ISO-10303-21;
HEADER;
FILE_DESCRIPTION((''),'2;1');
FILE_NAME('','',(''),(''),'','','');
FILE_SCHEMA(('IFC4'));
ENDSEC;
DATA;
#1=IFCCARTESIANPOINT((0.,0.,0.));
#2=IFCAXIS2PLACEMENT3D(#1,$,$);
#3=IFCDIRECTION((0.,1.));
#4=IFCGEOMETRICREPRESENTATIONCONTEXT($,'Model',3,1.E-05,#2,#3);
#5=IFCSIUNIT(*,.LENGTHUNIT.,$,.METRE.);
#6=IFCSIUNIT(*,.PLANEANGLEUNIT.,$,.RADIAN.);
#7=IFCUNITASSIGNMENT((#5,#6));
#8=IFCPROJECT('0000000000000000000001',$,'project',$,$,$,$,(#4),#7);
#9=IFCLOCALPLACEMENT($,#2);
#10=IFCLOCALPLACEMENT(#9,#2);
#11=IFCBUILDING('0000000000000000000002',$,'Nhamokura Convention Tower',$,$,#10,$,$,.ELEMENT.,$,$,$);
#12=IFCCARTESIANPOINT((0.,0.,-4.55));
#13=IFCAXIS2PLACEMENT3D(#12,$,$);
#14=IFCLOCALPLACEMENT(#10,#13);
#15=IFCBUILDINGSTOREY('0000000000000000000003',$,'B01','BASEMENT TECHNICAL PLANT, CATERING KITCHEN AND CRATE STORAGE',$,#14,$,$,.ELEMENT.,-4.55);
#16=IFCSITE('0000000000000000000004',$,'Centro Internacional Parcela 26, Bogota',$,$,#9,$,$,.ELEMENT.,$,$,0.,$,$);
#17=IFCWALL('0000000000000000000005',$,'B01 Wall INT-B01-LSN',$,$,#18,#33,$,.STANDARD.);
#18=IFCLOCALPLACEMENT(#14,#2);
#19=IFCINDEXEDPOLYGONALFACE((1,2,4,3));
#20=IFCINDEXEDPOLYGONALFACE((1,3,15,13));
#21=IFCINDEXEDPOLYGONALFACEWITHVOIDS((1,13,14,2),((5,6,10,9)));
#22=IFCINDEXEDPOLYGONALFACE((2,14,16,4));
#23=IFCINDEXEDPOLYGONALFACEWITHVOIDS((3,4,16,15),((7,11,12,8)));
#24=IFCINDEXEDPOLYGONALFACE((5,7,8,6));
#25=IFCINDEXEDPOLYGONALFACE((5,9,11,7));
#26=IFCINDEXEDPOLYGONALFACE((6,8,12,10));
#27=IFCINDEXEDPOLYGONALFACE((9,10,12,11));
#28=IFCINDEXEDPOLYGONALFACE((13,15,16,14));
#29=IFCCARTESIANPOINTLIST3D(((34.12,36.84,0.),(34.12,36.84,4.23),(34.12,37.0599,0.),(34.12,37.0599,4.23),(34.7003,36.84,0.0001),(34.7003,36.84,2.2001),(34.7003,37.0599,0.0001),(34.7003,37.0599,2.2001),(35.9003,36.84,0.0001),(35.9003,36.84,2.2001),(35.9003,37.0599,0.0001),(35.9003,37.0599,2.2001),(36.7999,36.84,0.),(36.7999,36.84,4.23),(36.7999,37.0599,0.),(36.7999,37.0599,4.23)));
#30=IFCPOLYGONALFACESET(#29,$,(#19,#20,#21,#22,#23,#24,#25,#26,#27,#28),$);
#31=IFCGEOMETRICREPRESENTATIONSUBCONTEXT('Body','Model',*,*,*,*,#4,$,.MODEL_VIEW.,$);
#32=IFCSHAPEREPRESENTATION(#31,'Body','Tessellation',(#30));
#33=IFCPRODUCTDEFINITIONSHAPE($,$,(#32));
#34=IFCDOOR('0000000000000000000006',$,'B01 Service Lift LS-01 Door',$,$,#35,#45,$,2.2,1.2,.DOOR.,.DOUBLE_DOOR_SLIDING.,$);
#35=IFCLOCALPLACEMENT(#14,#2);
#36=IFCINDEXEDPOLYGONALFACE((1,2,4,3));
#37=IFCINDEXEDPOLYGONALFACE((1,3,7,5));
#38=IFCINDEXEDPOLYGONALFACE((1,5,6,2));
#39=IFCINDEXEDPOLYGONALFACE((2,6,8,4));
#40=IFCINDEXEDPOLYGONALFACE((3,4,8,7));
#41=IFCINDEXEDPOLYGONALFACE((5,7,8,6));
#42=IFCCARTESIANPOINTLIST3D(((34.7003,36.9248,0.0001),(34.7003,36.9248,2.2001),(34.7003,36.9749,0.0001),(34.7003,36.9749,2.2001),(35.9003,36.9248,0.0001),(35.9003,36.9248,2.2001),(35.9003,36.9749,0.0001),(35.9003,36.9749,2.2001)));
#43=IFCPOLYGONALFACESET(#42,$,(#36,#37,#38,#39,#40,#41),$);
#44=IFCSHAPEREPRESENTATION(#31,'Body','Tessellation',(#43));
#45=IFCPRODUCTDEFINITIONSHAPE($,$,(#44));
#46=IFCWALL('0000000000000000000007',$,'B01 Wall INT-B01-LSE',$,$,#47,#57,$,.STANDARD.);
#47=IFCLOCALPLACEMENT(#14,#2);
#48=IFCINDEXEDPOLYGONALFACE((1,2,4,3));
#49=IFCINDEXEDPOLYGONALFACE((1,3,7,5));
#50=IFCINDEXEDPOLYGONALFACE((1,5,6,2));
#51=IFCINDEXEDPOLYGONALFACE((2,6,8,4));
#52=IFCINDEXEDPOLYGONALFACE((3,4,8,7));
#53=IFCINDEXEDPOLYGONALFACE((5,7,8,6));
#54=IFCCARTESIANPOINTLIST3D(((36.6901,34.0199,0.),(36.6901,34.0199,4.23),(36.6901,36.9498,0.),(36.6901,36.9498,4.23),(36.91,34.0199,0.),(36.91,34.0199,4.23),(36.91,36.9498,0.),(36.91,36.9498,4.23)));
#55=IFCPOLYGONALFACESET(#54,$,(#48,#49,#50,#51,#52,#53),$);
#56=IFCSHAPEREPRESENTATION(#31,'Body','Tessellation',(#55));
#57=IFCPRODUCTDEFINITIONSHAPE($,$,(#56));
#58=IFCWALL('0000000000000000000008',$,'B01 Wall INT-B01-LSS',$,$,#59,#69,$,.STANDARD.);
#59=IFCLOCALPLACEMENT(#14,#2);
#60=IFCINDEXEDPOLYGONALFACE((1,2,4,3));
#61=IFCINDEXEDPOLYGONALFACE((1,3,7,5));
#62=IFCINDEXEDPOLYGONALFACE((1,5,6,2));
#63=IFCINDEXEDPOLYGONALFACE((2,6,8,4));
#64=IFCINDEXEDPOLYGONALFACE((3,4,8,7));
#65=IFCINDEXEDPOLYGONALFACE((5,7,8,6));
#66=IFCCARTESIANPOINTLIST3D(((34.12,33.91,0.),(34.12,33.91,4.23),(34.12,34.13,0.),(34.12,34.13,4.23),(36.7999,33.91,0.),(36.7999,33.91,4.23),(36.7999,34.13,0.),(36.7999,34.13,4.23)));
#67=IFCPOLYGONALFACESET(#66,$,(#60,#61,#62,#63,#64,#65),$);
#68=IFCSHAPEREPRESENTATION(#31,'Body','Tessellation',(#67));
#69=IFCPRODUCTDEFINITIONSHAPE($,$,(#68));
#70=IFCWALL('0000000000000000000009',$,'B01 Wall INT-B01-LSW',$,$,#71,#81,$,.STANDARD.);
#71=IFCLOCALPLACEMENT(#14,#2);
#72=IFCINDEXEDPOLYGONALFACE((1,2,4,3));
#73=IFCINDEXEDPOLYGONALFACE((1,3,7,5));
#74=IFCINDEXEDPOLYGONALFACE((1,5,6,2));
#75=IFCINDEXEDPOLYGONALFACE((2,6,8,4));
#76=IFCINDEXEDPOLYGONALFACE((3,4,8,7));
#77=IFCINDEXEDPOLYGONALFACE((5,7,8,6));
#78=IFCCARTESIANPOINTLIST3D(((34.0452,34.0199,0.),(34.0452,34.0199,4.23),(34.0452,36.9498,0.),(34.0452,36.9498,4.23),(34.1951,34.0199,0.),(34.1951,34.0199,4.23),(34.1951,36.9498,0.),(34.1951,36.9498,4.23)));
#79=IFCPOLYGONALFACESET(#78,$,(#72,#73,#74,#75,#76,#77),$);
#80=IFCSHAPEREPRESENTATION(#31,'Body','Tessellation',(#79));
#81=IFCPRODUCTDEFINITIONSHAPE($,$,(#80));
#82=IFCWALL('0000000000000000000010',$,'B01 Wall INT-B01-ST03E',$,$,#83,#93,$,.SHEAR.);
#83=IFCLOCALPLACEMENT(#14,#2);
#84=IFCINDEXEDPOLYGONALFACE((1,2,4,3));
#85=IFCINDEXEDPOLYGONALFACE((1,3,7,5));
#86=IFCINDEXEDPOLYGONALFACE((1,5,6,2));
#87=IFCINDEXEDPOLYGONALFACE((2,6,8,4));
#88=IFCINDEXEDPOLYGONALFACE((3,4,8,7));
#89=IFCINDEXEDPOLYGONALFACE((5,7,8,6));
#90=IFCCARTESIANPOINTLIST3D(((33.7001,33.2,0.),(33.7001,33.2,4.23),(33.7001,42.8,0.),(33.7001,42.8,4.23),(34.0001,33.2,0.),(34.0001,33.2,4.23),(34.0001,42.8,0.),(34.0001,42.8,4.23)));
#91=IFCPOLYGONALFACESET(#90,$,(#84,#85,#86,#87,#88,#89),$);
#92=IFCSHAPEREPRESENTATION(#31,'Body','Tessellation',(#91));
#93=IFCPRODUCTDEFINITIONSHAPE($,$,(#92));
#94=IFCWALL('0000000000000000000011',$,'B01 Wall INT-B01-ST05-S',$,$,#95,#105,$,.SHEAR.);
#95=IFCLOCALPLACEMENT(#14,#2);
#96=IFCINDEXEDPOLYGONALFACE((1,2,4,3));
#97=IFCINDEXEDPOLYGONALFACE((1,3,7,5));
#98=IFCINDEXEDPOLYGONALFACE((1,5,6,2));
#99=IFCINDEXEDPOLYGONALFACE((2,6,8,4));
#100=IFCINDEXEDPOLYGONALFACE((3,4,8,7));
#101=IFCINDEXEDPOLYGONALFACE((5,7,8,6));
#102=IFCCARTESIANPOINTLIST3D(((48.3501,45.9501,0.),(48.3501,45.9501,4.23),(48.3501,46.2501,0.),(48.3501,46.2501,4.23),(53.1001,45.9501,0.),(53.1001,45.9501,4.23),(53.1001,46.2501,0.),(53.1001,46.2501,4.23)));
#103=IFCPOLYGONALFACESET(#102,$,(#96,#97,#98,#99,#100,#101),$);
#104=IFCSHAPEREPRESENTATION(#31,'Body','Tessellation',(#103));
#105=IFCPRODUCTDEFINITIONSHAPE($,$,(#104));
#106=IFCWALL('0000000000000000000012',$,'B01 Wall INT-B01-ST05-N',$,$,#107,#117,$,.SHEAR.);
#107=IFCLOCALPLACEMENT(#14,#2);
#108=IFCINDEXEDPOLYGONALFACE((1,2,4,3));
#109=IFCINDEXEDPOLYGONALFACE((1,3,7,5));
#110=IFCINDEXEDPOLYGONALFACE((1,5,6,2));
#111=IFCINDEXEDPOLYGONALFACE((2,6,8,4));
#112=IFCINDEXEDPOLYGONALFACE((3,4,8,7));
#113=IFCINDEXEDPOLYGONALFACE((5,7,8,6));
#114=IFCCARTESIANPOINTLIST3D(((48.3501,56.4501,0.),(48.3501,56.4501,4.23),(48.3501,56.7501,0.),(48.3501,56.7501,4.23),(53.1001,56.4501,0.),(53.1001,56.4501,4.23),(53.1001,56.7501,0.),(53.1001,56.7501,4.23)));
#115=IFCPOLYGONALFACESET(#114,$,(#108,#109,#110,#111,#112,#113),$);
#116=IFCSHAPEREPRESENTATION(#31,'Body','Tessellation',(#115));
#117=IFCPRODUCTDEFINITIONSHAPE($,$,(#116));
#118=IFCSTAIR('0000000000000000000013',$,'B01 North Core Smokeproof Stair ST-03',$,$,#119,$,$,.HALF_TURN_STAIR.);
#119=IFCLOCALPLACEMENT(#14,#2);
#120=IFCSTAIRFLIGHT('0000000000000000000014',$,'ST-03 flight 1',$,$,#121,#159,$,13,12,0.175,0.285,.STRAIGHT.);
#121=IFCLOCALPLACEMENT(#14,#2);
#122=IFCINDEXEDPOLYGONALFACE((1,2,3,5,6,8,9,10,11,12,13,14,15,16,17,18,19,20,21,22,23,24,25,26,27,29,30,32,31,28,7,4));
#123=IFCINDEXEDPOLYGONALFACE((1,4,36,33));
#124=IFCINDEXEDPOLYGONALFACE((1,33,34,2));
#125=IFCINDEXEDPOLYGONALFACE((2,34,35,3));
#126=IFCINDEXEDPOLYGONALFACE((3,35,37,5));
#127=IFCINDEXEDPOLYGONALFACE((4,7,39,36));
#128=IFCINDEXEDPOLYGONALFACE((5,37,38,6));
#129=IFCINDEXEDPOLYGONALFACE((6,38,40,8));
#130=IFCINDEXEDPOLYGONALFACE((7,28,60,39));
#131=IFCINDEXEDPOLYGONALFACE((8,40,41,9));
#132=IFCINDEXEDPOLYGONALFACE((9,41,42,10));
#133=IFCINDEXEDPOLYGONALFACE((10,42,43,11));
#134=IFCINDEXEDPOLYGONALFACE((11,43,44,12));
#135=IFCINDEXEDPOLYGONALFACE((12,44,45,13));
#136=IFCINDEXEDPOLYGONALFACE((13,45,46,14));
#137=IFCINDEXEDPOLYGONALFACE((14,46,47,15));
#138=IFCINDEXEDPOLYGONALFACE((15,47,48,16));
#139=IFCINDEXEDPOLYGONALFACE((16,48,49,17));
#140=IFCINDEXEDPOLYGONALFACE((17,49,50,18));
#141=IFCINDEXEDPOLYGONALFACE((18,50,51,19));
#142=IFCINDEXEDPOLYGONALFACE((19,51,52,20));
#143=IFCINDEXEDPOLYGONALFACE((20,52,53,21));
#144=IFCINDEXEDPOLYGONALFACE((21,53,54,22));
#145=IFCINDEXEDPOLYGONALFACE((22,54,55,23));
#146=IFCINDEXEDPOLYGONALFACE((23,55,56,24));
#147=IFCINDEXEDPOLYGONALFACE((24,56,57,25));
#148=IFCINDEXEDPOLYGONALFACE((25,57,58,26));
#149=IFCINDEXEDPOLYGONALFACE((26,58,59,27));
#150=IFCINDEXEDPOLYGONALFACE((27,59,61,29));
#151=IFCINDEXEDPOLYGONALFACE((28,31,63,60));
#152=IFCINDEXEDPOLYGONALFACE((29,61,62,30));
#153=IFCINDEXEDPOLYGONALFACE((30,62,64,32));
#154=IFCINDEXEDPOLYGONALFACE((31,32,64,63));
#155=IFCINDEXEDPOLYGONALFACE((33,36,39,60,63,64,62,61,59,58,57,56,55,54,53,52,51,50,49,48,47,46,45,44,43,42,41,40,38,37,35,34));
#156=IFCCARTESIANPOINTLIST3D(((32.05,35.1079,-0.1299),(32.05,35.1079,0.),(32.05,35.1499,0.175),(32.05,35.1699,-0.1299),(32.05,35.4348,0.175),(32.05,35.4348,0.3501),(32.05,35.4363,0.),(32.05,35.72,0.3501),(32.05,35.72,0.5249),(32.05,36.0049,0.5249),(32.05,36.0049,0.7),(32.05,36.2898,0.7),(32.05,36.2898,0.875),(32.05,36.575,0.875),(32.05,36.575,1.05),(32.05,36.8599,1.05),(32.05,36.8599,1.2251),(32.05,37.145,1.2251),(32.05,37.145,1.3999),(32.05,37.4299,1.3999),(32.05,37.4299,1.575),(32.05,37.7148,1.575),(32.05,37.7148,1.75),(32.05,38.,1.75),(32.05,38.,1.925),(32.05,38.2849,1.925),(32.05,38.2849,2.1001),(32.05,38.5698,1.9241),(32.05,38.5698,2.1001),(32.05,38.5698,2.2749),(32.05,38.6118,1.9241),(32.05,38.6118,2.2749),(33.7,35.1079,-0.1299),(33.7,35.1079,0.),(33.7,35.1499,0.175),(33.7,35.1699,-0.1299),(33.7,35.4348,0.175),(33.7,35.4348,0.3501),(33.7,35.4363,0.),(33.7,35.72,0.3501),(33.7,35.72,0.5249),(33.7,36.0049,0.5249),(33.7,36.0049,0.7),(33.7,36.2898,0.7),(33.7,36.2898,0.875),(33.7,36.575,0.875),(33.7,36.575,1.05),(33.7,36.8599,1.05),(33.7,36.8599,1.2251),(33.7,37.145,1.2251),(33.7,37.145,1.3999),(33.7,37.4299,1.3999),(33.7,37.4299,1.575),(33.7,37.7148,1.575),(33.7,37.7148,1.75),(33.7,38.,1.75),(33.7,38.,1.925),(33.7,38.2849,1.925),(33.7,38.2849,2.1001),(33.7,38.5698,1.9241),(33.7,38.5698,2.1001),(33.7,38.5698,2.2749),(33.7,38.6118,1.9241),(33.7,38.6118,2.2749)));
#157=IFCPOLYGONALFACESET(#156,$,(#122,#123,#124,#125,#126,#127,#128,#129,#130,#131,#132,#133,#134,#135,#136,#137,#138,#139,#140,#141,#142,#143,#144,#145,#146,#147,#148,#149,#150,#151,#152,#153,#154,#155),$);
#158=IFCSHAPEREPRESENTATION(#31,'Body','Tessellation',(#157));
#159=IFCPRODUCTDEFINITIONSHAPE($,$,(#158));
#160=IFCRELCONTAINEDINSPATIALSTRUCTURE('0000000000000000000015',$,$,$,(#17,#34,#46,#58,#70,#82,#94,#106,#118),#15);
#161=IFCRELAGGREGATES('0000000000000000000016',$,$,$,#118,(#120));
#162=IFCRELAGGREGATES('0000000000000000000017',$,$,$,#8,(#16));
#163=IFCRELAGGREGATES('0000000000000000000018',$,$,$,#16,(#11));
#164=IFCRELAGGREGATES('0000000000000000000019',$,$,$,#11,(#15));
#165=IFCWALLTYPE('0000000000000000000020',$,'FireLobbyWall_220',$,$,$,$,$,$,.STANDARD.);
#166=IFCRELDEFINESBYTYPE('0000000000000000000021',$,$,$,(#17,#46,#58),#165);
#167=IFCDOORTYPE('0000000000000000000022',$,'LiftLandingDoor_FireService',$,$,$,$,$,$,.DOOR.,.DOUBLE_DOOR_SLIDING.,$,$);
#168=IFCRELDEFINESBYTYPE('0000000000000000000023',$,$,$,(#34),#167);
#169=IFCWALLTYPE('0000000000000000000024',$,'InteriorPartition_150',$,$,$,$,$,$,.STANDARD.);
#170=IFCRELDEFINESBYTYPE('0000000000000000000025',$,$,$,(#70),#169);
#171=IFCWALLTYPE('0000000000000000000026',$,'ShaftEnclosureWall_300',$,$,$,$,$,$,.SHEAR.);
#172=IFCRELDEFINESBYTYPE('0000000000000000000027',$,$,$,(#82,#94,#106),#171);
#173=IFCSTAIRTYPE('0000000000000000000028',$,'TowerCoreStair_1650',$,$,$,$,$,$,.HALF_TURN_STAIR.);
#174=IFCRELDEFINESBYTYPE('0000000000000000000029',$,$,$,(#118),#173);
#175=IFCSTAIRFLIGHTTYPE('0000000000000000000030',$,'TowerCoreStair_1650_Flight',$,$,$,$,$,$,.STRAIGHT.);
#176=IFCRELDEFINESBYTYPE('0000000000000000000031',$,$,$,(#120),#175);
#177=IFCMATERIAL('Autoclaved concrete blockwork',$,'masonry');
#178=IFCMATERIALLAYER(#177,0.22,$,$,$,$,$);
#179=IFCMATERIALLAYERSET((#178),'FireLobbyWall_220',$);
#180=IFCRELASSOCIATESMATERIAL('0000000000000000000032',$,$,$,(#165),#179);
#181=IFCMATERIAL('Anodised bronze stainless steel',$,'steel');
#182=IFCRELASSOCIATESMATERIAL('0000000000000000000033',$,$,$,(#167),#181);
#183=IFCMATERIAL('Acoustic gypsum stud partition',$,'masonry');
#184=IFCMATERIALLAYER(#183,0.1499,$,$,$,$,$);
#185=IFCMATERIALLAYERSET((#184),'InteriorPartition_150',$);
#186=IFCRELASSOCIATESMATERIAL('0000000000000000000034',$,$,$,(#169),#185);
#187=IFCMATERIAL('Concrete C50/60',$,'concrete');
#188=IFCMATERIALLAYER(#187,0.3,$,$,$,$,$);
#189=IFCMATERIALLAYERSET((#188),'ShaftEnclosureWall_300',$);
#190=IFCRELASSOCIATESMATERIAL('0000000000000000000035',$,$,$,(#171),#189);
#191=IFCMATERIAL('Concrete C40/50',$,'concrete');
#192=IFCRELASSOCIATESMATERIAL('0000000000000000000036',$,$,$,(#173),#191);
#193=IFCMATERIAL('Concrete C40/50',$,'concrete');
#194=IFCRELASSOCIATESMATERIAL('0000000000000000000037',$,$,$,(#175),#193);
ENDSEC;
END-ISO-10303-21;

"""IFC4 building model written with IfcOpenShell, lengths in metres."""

from ifc_helpers import new_model, si_unit, direction, frame, frame_2d, origin, place, context, subcontext, project, spatial, polyline, rectangle, outline, extrude, material, layer, layer_set, type_object, element, fill, aggregate, save


model = new_model("IFC4")

# Units and contexts
model_context = context("Model", 3, precision=1e-05, world=origin(), true_north=direction((0.0, 1.0)))
body_context = subcontext(model_context, "Body", "Model", "MODEL_VIEW")
ifc_project = project(units=[si_unit("LENGTHUNIT", "METRE"), si_unit("PLANEANGLEUNIT", "RADIAN")], contexts=[model_context])

# Site, building, storey
site_placement = place(None, origin())
site = spatial("IfcSite", under=ifc_project, at=site_placement, Name="Centro Internacional Parcela 26, Bogota", CompositionType="ELEMENT", RefElevation=0.0)
building_placement = place(site_placement, origin())
building = spatial("IfcBuilding", under=site, at=building_placement, Name="Nhamokura Convention Tower", CompositionType="ELEMENT")
storey_placement = place(building_placement, frame((0.0, 0.0, -4.55)))
storey = spatial("IfcBuildingStorey", under=building, at=storey_placement, Name="B01", Description="BASEMENT TECHNICAL PLANT, CATERING KITCHEN AND CRATE STORAGE", CompositionType="ELEMENT", Elevation=-4.55)

# Shared definitions
ifc_material_1 = material(Name="Autoclaved concrete blockwork", Category="masonry")
ifc_layer_1 = layer(ifc_material_1, 0.22)
ifc_layer_set_1 = layer_set([ifc_layer_1], Name="FireLobbyWall_220")
wall_type_1 = type_object("IfcWallType", Name="FireLobbyWall_220", PredefinedType="STANDARD", material=ifc_layer_set_1)
ifc_material_2 = material(Name="Anodised bronze stainless steel", Category="steel")
door_type = type_object("IfcDoorType", Name="LiftLandingDoor_FireService", OperationType="DOUBLE_DOOR_SLIDING", PredefinedType="DOOR", material=ifc_material_2)

# Wall, opening, door
wall_1_placement = place(storey_placement, frame((34.1201, 36.95, 0.0), z_axis=(0.0, 0.0, 1.0), x_axis=(1.0, 0.0, 0.0)))
wall_1 = element("IfcWall", 1, at=wall_1_placement, inside=storey, type_object=wall_type_1, Name="B01 Wall INT-B01-LSN", PredefinedType="STANDARD", context=body_context, shape_type="SweptSolid", body=[
    extrude(rectangle(XDim=2.6799, YDim=0.22, at=frame_2d((1.3398, 0.0))), origin(), (0.0, 0.0, 1.0), 4.23),
])
opening_1_placement = place(wall_1_placement, frame((0.5801, 0.0, 0.0)))
opening_1 = element("IfcOpeningElement", 2, at=opening_1_placement, cuts=wall_1, PredefinedType="OPENING", context=body_context, shape_type="SweptSolid", body=[
    extrude(rectangle(XDim=1.2, YDim=2.2, at=frame_2d((0.6001, 1.1001))), frame((0.0, 0.1199, 0.0), z_axis=(0.0, -1.0, 0.0), x_axis=(1.0, 0.0, 0.0)), (0.0, 0.0, 1.0), 0.24),
])
door_1_placement = place(opening_1_placement, origin())
door_1 = element("IfcDoor", 3, at=door_1_placement, inside=storey, type_object=door_type, Name="B01 Service Lift LS-01 Door", OperationType="DOUBLE_DOOR_SLIDING", OverallHeight=2.2, OverallWidth=1.2, PredefinedType="DOOR", context=body_context, shape_type="SweptSolid", body=[
    extrude(rectangle(XDim=1.2, YDim=2.2, at=frame_2d((0.6001, 1.1001))), frame((0.0, 0.0249, 0.0), z_axis=(0.0, -1.0, 0.0), x_axis=(1.0, 0.0, 0.0)), (0.0, 0.0, 1.0), 0.05),
])
fill(opening_1, door_1)

# Walls
wall_2_placement = place(storey_placement, frame((36.8, 34.02, 0.0), z_axis=(0.0, 0.0, 1.0), x_axis=(0.0, 1.0, 0.0)))
element("IfcWall", 4, at=wall_2_placement, inside=storey, type_object=wall_type_1, Name="B01 Wall INT-B01-LSE", PredefinedType="STANDARD", context=body_context, shape_type="SweptSolid", body=[
    extrude(rectangle(XDim=2.9299, YDim=0.22, at=frame_2d((1.4648, 0.0))), origin(), (0.0, 0.0, 1.0), 4.23),
])
wall_3_placement = place(storey_placement, frame((34.1201, 34.02, 0.0), z_axis=(0.0, 0.0, 1.0), x_axis=(1.0, 0.0, 0.0)))
element("IfcWall", 5, at=wall_3_placement, inside=storey, type_object=wall_type_1, Name="B01 Wall INT-B01-LSS", PredefinedType="STANDARD", context=body_context, shape_type="SweptSolid", body=[
    extrude(rectangle(XDim=2.6799, YDim=0.22, at=frame_2d((1.3398, 0.0))), origin(), (0.0, 0.0, 1.0), 4.23),
])
ifc_material_3 = material(Name="Acoustic gypsum stud partition", Category="masonry")
ifc_layer_2 = layer(ifc_material_3, 0.1499)
ifc_layer_set_2 = layer_set([ifc_layer_2], Name="InteriorPartition_150")
wall_type_2 = type_object("IfcWallType", Name="InteriorPartition_150", PredefinedType="STANDARD", material=ifc_layer_set_2)
wall_4_placement = place(storey_placement, frame((34.1201, 34.02, 0.0), z_axis=(0.0, 0.0, 1.0), x_axis=(0.0, 1.0, 0.0)))
element("IfcWall", 6, at=wall_4_placement, inside=storey, type_object=wall_type_2, Name="B01 Wall INT-B01-LSW", PredefinedType="STANDARD", context=body_context, shape_type="SweptSolid", body=[
    extrude(rectangle(XDim=2.9299, YDim=0.1499, at=frame_2d((1.4648, 0.0))), origin(), (0.0, 0.0, 1.0), 4.23),
])
ifc_material_4 = material(Name="Concrete C50/60", Category="concrete")
ifc_layer_3 = layer(ifc_material_4, 0.3)
ifc_layer_set_3 = layer_set([ifc_layer_3], Name="ShaftEnclosureWall_300")
wall_type_3 = type_object("IfcWallType", Name="ShaftEnclosureWall_300", PredefinedType="SHEAR", material=ifc_layer_set_3)
wall_5_placement = place(storey_placement, frame((33.8501, 33.2, 0.0), z_axis=(0.0, 0.0, 1.0), x_axis=(0.0, 1.0, 0.0)))
element("IfcWall", 7, at=wall_5_placement, inside=storey, type_object=wall_type_3, Name="B01 Wall INT-B01-ST03E", PredefinedType="SHEAR", context=body_context, shape_type="SweptSolid", body=[
    extrude(rectangle(XDim=9.6001, YDim=0.3, at=frame_2d((4.8, 0.0))), origin(), (0.0, 0.0, 1.0), 4.23),
])
for number, where, z_axis, x_axis, name in (
    (8, (48.3501, 46.1001, 0.0), (0.0, 0.0, 1.0), (1.0, 0.0, 0.0), "B01 Wall INT-B01-ST05-S"),
    (9, (48.3501, 56.6001, 0.0), (0.0, 0.0, 1.0), (1.0, 0.0, 0.0), "B01 Wall INT-B01-ST05-N"),
):
    element("IfcWall", number, at=place(storey_placement, frame(where, z_axis=z_axis, x_axis=x_axis)), inside=storey, type_object=wall_type_3, Name=name, PredefinedType="SHEAR", context=body_context, shape_type="SweptSolid", body=[
        extrude(rectangle(XDim=4.75, YDim=0.3, at=frame_2d((2.375, 0.0))), origin(), (0.0, 0.0, 1.0), 4.23),
    ])

# Stair, stair flight
ifc_material_5 = material(Name="Concrete C40/50", Category="concrete")
stair_type = type_object("IfcStairType", Name="TowerCoreStair_1650", PredefinedType="HALF_TURN_STAIR", material=ifc_material_5)
stair_placement = place(storey_placement, origin())
stair = element("IfcStair", 10, at=stair_placement, inside=storey, type_object=stair_type, Name="B01 North Core Smokeproof Stair ST-03", PredefinedType="HALF_TURN_STAIR")
ifc_material_6 = material(Name="Concrete C40/50", Category="concrete")
stair_flight_type = type_object("IfcStairFlightType", Name="TowerCoreStair_1650_Flight", PredefinedType="STRAIGHT", material=ifc_material_6)
stair_flight_1_placement = place(storey_placement, frame((32.875, 35.1499, 0.0), z_axis=(0.0, 0.0, 1.0), x_axis=(0.0, 1.0, 0.0)))
stair_flight_1 = element("IfcStairFlight", 11, at=stair_flight_1_placement, type_object=stair_flight_type, Name="ST-03 flight 1", NumberOfRisers=13, NumberOfTreads=12, PredefinedType="STRAIGHT", RiserHeight=0.175, TreadLength=0.285, context=body_context, shape_type="SweptSolid", body=[
    extrude(outline(polyline([(-0.042, 0.0), (0.0, 0.175), (0.2849, 0.175), (0.2849, 0.3501), (0.5701, 0.3501), (0.5701, 0.5249), (0.855, 0.5249), (0.855, 0.7), (1.1399, 0.7), (1.1399, 0.875), (1.425, 0.875), (1.425, 1.05), (1.71, 1.05), (1.71, 1.2251), (1.9951, 1.2251), (1.9951, 1.3999), (2.28, 1.3999), (2.28, 1.575), (2.5649, 1.575), (2.5649, 1.75), (2.8501, 1.75), (2.8501, 1.925), (3.135, 1.925), (3.135, 2.1001), (3.4199, 2.1001), (3.4199, 2.2749), (3.4619, 2.2749), (3.4619, 1.9241), (3.4199, 1.9241), (0.2864, 0.0), (0.02, -0.1299), (-0.042, -0.1299), (-0.042, 0.0)])), frame((0.0, 0.825, 0.0), z_axis=(0.0, -1.0, 0.0), x_axis=(1.0, 0.0, 0.0)), (0.0, 0.0, 1.0), 1.6499),
])
aggregate(stair, [stair_flight_1])

save(model, "model.ifc")
